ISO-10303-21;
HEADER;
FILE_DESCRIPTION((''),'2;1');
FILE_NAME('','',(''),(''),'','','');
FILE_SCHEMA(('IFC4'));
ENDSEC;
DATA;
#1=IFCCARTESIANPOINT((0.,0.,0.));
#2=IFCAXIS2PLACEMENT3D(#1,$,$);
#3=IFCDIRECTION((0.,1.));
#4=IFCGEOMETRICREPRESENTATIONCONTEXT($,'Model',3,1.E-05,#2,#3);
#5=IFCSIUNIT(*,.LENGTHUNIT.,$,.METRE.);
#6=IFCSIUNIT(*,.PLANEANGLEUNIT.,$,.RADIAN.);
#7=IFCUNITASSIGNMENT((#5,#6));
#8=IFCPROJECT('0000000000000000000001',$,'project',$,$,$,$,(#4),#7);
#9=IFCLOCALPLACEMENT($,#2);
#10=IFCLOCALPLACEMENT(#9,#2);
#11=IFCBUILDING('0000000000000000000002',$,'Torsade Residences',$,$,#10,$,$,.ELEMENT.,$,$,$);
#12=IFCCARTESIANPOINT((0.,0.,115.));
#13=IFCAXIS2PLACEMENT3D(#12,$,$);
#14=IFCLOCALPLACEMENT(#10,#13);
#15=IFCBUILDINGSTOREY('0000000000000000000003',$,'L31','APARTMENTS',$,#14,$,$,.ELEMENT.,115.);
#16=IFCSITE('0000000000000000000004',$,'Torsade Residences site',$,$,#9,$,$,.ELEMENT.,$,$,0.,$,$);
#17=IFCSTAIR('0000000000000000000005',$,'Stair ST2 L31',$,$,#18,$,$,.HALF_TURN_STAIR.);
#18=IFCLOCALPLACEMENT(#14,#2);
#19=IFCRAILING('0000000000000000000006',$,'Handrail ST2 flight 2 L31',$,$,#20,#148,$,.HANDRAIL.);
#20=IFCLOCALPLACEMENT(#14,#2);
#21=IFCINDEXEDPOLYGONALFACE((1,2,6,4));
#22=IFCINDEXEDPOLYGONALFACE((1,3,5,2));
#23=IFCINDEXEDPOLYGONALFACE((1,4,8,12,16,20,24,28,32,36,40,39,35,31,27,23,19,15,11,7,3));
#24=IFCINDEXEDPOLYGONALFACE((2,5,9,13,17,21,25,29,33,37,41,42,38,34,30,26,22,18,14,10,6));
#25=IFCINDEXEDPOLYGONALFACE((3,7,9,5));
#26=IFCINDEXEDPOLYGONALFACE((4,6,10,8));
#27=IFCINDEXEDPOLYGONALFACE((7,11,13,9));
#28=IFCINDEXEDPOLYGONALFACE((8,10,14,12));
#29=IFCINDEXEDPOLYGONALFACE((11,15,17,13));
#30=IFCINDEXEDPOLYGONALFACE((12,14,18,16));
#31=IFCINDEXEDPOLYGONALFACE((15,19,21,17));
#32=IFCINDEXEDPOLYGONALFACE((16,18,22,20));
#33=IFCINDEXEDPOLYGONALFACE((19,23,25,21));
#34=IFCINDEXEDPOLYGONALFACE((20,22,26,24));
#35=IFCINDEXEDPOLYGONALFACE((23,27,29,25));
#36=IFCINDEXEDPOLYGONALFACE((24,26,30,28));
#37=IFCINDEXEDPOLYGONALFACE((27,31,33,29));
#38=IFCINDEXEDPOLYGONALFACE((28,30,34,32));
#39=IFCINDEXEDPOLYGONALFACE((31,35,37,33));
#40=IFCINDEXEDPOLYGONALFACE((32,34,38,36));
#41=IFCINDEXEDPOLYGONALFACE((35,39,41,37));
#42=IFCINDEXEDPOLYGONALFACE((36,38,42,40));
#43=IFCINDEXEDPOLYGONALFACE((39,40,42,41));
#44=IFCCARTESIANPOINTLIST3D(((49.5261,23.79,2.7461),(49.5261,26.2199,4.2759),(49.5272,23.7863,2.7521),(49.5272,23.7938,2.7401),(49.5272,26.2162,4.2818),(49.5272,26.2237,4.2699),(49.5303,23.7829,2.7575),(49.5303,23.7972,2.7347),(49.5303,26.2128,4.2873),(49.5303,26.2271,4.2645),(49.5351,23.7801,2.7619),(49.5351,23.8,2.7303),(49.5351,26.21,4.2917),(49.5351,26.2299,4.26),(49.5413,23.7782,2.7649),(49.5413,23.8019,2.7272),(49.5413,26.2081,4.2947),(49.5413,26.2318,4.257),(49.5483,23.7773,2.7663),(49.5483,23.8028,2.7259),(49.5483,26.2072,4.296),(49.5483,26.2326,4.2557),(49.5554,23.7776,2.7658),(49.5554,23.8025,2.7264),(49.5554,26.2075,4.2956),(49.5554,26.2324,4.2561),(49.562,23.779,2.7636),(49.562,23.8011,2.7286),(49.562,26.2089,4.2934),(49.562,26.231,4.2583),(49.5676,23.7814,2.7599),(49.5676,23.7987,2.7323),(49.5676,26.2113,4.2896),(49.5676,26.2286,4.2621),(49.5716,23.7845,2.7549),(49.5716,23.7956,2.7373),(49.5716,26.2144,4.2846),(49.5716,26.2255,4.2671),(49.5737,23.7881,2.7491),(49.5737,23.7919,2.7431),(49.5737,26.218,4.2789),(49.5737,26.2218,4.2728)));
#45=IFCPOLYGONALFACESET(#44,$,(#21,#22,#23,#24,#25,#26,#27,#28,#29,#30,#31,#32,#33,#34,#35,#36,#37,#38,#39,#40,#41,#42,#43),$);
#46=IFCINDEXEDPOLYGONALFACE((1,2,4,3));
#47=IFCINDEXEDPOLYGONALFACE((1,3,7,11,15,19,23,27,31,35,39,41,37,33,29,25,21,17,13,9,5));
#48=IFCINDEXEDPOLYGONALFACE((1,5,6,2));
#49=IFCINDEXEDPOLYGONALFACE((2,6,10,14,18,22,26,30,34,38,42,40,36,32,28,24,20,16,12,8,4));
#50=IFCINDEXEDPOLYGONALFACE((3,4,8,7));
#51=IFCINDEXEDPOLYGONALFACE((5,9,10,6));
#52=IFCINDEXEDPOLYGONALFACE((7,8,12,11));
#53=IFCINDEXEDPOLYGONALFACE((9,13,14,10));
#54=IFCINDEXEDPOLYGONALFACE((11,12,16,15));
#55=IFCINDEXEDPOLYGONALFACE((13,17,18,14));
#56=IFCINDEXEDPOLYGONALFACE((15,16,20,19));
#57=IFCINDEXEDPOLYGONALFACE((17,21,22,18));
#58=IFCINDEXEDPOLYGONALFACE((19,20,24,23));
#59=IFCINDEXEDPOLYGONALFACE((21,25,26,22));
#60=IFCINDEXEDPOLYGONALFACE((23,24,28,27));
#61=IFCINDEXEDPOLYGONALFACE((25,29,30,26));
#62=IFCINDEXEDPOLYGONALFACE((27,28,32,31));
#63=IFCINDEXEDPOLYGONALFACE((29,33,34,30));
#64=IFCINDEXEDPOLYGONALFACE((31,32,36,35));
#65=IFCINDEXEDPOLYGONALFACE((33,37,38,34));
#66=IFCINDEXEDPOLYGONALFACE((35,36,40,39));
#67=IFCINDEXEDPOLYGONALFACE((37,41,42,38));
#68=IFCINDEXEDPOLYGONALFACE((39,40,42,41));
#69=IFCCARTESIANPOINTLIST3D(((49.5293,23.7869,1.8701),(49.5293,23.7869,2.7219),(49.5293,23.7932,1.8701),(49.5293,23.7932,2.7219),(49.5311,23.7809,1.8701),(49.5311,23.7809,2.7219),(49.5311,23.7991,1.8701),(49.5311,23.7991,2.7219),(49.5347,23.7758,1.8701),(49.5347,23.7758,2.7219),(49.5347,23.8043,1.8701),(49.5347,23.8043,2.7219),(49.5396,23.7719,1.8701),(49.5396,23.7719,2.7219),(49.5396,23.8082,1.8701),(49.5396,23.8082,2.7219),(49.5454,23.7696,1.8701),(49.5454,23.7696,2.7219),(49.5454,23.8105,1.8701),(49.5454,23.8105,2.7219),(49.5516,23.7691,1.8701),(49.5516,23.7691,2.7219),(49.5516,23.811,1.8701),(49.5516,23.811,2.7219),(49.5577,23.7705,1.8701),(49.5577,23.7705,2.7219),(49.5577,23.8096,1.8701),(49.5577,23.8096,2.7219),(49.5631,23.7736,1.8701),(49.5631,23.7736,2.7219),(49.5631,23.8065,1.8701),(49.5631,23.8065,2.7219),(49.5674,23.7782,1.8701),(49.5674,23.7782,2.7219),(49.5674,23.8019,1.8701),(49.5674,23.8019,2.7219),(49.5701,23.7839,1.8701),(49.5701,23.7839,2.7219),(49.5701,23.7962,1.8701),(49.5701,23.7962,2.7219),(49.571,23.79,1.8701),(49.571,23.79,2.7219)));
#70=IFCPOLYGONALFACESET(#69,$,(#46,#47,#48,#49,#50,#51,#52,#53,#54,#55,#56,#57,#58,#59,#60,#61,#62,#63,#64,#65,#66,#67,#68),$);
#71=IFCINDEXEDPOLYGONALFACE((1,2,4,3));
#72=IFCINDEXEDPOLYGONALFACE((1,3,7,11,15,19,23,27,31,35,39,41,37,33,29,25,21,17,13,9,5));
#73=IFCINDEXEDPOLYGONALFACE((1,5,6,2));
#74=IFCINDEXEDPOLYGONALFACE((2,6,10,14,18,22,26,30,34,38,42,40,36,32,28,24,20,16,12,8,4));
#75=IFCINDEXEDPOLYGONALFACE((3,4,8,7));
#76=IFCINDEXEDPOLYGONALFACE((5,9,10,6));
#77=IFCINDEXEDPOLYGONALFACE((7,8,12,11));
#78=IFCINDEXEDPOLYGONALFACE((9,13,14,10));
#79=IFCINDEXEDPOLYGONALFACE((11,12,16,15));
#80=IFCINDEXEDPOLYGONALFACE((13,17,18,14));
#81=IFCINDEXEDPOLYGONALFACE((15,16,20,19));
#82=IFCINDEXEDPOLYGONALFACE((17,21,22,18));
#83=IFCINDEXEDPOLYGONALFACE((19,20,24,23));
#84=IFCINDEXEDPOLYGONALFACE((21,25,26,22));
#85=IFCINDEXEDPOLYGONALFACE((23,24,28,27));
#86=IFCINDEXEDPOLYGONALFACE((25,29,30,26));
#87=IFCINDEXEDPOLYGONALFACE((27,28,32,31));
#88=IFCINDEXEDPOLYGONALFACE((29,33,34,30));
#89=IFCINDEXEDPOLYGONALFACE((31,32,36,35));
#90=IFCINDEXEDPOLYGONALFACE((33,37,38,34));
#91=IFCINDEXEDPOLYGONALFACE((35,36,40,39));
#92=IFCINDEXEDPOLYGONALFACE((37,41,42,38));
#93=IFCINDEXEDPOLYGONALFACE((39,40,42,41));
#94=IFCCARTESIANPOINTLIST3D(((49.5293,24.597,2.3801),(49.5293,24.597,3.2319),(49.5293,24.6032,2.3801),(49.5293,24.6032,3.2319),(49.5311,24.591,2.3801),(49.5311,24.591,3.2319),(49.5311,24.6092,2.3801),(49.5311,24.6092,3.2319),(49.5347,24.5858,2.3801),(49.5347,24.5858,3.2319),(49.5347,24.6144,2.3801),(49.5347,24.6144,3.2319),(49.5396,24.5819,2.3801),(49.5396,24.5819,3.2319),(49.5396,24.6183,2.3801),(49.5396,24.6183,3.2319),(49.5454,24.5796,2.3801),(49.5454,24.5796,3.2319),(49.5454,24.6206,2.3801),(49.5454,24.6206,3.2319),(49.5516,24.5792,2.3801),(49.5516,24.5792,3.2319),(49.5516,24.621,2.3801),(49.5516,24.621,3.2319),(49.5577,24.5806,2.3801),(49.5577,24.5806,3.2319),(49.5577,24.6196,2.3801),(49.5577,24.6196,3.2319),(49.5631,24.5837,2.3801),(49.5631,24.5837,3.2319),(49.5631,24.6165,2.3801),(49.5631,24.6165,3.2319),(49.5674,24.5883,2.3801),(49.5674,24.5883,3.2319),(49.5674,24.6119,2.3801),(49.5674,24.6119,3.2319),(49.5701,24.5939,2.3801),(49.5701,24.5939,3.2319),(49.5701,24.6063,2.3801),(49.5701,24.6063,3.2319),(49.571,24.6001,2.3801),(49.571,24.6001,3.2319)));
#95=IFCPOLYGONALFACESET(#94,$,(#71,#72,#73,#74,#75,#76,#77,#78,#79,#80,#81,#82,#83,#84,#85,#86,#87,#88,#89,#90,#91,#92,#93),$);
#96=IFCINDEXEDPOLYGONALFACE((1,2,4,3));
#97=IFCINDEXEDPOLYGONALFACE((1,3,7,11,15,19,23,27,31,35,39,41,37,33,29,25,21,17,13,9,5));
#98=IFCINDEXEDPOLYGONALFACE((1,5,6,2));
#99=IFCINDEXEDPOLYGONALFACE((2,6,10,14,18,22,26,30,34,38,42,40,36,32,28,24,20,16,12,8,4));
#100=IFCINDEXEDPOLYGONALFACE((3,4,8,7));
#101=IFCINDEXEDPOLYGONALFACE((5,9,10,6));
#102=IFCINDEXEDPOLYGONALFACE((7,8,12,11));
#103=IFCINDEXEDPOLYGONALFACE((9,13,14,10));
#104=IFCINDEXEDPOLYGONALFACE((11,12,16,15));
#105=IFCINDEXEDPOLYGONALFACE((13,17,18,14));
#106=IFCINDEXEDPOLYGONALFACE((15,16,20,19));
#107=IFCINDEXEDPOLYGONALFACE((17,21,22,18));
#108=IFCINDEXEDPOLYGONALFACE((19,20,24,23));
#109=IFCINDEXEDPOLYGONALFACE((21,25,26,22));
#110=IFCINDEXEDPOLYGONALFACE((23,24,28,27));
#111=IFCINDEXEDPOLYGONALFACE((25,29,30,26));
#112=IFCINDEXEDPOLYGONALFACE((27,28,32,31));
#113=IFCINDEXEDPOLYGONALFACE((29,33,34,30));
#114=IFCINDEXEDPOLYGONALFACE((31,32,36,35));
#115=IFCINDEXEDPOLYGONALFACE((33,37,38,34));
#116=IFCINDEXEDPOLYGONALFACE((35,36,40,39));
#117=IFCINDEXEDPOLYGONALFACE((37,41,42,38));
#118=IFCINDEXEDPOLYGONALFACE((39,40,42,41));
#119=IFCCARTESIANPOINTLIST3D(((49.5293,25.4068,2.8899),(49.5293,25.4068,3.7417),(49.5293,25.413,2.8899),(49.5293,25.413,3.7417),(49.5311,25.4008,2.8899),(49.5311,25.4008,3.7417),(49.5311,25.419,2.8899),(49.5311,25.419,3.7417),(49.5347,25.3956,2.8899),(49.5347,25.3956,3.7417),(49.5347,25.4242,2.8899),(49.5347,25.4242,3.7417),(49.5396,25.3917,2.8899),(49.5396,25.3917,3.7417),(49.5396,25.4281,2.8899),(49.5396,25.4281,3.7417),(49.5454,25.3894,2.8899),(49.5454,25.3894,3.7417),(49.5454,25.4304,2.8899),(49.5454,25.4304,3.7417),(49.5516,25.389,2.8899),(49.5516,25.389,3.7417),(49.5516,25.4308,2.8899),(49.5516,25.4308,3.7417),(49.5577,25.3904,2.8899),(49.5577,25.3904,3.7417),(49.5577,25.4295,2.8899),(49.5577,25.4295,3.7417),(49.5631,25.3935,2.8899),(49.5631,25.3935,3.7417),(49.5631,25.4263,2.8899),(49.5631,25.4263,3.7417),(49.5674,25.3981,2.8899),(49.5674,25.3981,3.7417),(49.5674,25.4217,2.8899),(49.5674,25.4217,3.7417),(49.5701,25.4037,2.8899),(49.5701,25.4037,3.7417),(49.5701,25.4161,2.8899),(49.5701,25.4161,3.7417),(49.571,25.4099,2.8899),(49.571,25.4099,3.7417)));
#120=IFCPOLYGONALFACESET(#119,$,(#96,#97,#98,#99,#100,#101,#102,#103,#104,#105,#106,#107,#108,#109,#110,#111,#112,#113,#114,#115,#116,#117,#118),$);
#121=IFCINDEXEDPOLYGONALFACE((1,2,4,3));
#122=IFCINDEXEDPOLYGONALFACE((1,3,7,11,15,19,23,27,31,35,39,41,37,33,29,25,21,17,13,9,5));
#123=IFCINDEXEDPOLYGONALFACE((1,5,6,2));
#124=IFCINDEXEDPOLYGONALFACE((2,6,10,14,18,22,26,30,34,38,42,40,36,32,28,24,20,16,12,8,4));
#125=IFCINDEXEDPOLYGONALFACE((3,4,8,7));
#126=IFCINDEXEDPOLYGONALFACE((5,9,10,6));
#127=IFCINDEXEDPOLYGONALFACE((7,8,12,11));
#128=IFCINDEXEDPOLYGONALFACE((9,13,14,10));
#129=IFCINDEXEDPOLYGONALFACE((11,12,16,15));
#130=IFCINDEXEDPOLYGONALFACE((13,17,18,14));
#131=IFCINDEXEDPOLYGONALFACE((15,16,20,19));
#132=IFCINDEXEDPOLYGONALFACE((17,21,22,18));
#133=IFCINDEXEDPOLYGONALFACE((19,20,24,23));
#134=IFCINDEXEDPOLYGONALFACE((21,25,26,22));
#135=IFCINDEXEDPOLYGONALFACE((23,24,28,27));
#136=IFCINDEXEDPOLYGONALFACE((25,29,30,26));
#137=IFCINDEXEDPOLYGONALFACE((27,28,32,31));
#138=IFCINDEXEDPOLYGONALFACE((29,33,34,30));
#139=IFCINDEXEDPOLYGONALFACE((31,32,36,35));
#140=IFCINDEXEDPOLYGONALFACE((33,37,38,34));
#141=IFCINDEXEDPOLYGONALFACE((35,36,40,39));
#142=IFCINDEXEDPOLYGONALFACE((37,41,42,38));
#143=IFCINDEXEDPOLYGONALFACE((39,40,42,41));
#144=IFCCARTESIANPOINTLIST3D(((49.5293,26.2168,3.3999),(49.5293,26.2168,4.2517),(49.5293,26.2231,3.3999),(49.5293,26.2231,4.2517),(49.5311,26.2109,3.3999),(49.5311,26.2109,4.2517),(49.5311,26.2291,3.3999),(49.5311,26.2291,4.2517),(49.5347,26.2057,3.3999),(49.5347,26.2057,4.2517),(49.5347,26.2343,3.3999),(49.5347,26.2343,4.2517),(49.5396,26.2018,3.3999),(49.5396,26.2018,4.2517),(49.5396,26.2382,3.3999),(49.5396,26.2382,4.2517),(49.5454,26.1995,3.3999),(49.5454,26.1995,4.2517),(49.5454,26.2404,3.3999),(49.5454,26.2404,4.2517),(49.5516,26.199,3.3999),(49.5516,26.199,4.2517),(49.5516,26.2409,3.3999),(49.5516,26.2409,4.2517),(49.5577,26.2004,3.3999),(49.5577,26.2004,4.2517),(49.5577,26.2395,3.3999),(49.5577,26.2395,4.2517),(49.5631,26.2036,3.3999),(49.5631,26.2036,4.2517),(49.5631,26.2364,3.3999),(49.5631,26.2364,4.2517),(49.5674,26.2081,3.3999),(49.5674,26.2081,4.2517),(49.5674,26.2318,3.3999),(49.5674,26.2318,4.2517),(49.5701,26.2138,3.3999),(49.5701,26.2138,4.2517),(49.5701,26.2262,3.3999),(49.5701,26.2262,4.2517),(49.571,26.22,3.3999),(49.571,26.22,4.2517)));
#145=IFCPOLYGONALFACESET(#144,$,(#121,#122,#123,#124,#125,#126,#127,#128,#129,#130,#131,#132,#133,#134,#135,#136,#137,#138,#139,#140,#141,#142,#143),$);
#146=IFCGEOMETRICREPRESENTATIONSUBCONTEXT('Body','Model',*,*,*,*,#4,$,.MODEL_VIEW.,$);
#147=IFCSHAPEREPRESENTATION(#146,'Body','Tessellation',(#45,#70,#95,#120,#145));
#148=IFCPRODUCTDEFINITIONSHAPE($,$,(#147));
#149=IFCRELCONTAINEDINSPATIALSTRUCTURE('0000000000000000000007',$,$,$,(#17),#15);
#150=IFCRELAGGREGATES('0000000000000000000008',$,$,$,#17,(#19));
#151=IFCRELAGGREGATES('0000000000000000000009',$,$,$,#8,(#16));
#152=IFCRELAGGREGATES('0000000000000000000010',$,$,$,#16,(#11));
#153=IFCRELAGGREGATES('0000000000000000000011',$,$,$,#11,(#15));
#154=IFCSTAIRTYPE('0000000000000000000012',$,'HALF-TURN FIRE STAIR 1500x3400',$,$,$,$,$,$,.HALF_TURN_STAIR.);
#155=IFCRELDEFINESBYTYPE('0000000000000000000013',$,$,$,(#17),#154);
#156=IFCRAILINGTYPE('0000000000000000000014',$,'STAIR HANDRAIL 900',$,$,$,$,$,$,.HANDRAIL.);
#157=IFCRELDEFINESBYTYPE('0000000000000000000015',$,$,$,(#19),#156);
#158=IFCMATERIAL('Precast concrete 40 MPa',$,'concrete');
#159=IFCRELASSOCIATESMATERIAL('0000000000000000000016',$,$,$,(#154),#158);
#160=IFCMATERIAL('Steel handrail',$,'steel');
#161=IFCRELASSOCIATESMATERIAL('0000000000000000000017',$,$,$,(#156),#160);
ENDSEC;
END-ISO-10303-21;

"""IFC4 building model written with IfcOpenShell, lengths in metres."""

from ifc_helpers import new_model, si_unit, direction, frame, origin, origin_2d, place, context, subcontext, project, spatial, circle, extrude, material, type_object, element, aggregate, save


model = new_model("IFC4")

# Units and contexts
model_context = context("Model", 3, precision=1e-05, world=origin(), true_north=direction((0.0, 1.0)))
body_context = subcontext(model_context, "Body", "Model", "MODEL_VIEW")
ifc_project = project(units=[si_unit("LENGTHUNIT", "METRE"), si_unit("PLANEANGLEUNIT", "RADIAN")], contexts=[model_context])

# Site, building, storey
site_placement = place(None, origin())
site = spatial("IfcSite", under=ifc_project, at=site_placement, Name="Torsade Residences site", CompositionType="ELEMENT", RefElevation=0.0)
building_placement = place(site_placement, origin())
building = spatial("IfcBuilding", under=site, at=building_placement, Name="Torsade Residences", CompositionType="ELEMENT")
storey_placement = place(building_placement, frame((0.0, 0.0, 115.0)))
storey = spatial("IfcBuildingStorey", under=building, at=storey_placement, Name="L31", Description="APARTMENTS", CompositionType="ELEMENT", Elevation=115.0)

# Stair, railing
ifc_material_1 = material(Name="Precast concrete 40 MPa", Category="concrete")
stair_type = type_object("IfcStairType", Name="HALF-TURN FIRE STAIR 1500x3400", PredefinedType="HALF_TURN_STAIR", material=ifc_material_1)
stair_placement = place(storey_placement, origin())
stair = element("IfcStair", 1, at=stair_placement, inside=storey, type_object=stair_type, Name="Stair ST2 L31", PredefinedType="HALF_TURN_STAIR")
ifc_material_2 = material(Name="Steel handrail", Category="steel")
railing_type = type_object("IfcRailingType", Name="STAIR HANDRAIL 900", PredefinedType="HANDRAIL", material=ifc_material_2)
railing_1_placement = place(storey_placement, frame((49.55, 23.79, 1.8701)))
railing_1 = element("IfcRailing", 2, at=railing_1_placement, type_object=railing_type, Name="Handrail ST2 flight 2 L31", PredefinedType="HANDRAIL", context=body_context, shape_type="SweptSolid", body=[
    extrude(circle(Radius=0.0239, at=origin_2d()), frame((0.0, 0.0, 0.876), z_axis=(0.0, 0.84626, 0.53277), x_axis=(-1.0, 0.0, 0.0)), (0.0, 0.0, 1.0), 2.8713),
    extrude(circle(Radius=0.021, at=origin_2d()), origin(), (0.0, 0.0, 1.0), 0.8518),
    extrude(circle(Radius=0.021, at=origin_2d()), frame((0.0, 0.8101, 0.51)), (0.0, 0.0, 1.0), 0.8518),
    extrude(circle(Radius=0.021, at=origin_2d()), frame((0.0, 1.6199, 1.0198)), (0.0, 0.0, 1.0), 0.8518),
    extrude(circle(Radius=0.021, at=origin_2d()), frame((0.0, 2.4299, 1.5298)), (0.0, 0.0, 1.0), 0.8518),
])
aggregate(stair, [railing_1])

save(model, "model.ifc")
